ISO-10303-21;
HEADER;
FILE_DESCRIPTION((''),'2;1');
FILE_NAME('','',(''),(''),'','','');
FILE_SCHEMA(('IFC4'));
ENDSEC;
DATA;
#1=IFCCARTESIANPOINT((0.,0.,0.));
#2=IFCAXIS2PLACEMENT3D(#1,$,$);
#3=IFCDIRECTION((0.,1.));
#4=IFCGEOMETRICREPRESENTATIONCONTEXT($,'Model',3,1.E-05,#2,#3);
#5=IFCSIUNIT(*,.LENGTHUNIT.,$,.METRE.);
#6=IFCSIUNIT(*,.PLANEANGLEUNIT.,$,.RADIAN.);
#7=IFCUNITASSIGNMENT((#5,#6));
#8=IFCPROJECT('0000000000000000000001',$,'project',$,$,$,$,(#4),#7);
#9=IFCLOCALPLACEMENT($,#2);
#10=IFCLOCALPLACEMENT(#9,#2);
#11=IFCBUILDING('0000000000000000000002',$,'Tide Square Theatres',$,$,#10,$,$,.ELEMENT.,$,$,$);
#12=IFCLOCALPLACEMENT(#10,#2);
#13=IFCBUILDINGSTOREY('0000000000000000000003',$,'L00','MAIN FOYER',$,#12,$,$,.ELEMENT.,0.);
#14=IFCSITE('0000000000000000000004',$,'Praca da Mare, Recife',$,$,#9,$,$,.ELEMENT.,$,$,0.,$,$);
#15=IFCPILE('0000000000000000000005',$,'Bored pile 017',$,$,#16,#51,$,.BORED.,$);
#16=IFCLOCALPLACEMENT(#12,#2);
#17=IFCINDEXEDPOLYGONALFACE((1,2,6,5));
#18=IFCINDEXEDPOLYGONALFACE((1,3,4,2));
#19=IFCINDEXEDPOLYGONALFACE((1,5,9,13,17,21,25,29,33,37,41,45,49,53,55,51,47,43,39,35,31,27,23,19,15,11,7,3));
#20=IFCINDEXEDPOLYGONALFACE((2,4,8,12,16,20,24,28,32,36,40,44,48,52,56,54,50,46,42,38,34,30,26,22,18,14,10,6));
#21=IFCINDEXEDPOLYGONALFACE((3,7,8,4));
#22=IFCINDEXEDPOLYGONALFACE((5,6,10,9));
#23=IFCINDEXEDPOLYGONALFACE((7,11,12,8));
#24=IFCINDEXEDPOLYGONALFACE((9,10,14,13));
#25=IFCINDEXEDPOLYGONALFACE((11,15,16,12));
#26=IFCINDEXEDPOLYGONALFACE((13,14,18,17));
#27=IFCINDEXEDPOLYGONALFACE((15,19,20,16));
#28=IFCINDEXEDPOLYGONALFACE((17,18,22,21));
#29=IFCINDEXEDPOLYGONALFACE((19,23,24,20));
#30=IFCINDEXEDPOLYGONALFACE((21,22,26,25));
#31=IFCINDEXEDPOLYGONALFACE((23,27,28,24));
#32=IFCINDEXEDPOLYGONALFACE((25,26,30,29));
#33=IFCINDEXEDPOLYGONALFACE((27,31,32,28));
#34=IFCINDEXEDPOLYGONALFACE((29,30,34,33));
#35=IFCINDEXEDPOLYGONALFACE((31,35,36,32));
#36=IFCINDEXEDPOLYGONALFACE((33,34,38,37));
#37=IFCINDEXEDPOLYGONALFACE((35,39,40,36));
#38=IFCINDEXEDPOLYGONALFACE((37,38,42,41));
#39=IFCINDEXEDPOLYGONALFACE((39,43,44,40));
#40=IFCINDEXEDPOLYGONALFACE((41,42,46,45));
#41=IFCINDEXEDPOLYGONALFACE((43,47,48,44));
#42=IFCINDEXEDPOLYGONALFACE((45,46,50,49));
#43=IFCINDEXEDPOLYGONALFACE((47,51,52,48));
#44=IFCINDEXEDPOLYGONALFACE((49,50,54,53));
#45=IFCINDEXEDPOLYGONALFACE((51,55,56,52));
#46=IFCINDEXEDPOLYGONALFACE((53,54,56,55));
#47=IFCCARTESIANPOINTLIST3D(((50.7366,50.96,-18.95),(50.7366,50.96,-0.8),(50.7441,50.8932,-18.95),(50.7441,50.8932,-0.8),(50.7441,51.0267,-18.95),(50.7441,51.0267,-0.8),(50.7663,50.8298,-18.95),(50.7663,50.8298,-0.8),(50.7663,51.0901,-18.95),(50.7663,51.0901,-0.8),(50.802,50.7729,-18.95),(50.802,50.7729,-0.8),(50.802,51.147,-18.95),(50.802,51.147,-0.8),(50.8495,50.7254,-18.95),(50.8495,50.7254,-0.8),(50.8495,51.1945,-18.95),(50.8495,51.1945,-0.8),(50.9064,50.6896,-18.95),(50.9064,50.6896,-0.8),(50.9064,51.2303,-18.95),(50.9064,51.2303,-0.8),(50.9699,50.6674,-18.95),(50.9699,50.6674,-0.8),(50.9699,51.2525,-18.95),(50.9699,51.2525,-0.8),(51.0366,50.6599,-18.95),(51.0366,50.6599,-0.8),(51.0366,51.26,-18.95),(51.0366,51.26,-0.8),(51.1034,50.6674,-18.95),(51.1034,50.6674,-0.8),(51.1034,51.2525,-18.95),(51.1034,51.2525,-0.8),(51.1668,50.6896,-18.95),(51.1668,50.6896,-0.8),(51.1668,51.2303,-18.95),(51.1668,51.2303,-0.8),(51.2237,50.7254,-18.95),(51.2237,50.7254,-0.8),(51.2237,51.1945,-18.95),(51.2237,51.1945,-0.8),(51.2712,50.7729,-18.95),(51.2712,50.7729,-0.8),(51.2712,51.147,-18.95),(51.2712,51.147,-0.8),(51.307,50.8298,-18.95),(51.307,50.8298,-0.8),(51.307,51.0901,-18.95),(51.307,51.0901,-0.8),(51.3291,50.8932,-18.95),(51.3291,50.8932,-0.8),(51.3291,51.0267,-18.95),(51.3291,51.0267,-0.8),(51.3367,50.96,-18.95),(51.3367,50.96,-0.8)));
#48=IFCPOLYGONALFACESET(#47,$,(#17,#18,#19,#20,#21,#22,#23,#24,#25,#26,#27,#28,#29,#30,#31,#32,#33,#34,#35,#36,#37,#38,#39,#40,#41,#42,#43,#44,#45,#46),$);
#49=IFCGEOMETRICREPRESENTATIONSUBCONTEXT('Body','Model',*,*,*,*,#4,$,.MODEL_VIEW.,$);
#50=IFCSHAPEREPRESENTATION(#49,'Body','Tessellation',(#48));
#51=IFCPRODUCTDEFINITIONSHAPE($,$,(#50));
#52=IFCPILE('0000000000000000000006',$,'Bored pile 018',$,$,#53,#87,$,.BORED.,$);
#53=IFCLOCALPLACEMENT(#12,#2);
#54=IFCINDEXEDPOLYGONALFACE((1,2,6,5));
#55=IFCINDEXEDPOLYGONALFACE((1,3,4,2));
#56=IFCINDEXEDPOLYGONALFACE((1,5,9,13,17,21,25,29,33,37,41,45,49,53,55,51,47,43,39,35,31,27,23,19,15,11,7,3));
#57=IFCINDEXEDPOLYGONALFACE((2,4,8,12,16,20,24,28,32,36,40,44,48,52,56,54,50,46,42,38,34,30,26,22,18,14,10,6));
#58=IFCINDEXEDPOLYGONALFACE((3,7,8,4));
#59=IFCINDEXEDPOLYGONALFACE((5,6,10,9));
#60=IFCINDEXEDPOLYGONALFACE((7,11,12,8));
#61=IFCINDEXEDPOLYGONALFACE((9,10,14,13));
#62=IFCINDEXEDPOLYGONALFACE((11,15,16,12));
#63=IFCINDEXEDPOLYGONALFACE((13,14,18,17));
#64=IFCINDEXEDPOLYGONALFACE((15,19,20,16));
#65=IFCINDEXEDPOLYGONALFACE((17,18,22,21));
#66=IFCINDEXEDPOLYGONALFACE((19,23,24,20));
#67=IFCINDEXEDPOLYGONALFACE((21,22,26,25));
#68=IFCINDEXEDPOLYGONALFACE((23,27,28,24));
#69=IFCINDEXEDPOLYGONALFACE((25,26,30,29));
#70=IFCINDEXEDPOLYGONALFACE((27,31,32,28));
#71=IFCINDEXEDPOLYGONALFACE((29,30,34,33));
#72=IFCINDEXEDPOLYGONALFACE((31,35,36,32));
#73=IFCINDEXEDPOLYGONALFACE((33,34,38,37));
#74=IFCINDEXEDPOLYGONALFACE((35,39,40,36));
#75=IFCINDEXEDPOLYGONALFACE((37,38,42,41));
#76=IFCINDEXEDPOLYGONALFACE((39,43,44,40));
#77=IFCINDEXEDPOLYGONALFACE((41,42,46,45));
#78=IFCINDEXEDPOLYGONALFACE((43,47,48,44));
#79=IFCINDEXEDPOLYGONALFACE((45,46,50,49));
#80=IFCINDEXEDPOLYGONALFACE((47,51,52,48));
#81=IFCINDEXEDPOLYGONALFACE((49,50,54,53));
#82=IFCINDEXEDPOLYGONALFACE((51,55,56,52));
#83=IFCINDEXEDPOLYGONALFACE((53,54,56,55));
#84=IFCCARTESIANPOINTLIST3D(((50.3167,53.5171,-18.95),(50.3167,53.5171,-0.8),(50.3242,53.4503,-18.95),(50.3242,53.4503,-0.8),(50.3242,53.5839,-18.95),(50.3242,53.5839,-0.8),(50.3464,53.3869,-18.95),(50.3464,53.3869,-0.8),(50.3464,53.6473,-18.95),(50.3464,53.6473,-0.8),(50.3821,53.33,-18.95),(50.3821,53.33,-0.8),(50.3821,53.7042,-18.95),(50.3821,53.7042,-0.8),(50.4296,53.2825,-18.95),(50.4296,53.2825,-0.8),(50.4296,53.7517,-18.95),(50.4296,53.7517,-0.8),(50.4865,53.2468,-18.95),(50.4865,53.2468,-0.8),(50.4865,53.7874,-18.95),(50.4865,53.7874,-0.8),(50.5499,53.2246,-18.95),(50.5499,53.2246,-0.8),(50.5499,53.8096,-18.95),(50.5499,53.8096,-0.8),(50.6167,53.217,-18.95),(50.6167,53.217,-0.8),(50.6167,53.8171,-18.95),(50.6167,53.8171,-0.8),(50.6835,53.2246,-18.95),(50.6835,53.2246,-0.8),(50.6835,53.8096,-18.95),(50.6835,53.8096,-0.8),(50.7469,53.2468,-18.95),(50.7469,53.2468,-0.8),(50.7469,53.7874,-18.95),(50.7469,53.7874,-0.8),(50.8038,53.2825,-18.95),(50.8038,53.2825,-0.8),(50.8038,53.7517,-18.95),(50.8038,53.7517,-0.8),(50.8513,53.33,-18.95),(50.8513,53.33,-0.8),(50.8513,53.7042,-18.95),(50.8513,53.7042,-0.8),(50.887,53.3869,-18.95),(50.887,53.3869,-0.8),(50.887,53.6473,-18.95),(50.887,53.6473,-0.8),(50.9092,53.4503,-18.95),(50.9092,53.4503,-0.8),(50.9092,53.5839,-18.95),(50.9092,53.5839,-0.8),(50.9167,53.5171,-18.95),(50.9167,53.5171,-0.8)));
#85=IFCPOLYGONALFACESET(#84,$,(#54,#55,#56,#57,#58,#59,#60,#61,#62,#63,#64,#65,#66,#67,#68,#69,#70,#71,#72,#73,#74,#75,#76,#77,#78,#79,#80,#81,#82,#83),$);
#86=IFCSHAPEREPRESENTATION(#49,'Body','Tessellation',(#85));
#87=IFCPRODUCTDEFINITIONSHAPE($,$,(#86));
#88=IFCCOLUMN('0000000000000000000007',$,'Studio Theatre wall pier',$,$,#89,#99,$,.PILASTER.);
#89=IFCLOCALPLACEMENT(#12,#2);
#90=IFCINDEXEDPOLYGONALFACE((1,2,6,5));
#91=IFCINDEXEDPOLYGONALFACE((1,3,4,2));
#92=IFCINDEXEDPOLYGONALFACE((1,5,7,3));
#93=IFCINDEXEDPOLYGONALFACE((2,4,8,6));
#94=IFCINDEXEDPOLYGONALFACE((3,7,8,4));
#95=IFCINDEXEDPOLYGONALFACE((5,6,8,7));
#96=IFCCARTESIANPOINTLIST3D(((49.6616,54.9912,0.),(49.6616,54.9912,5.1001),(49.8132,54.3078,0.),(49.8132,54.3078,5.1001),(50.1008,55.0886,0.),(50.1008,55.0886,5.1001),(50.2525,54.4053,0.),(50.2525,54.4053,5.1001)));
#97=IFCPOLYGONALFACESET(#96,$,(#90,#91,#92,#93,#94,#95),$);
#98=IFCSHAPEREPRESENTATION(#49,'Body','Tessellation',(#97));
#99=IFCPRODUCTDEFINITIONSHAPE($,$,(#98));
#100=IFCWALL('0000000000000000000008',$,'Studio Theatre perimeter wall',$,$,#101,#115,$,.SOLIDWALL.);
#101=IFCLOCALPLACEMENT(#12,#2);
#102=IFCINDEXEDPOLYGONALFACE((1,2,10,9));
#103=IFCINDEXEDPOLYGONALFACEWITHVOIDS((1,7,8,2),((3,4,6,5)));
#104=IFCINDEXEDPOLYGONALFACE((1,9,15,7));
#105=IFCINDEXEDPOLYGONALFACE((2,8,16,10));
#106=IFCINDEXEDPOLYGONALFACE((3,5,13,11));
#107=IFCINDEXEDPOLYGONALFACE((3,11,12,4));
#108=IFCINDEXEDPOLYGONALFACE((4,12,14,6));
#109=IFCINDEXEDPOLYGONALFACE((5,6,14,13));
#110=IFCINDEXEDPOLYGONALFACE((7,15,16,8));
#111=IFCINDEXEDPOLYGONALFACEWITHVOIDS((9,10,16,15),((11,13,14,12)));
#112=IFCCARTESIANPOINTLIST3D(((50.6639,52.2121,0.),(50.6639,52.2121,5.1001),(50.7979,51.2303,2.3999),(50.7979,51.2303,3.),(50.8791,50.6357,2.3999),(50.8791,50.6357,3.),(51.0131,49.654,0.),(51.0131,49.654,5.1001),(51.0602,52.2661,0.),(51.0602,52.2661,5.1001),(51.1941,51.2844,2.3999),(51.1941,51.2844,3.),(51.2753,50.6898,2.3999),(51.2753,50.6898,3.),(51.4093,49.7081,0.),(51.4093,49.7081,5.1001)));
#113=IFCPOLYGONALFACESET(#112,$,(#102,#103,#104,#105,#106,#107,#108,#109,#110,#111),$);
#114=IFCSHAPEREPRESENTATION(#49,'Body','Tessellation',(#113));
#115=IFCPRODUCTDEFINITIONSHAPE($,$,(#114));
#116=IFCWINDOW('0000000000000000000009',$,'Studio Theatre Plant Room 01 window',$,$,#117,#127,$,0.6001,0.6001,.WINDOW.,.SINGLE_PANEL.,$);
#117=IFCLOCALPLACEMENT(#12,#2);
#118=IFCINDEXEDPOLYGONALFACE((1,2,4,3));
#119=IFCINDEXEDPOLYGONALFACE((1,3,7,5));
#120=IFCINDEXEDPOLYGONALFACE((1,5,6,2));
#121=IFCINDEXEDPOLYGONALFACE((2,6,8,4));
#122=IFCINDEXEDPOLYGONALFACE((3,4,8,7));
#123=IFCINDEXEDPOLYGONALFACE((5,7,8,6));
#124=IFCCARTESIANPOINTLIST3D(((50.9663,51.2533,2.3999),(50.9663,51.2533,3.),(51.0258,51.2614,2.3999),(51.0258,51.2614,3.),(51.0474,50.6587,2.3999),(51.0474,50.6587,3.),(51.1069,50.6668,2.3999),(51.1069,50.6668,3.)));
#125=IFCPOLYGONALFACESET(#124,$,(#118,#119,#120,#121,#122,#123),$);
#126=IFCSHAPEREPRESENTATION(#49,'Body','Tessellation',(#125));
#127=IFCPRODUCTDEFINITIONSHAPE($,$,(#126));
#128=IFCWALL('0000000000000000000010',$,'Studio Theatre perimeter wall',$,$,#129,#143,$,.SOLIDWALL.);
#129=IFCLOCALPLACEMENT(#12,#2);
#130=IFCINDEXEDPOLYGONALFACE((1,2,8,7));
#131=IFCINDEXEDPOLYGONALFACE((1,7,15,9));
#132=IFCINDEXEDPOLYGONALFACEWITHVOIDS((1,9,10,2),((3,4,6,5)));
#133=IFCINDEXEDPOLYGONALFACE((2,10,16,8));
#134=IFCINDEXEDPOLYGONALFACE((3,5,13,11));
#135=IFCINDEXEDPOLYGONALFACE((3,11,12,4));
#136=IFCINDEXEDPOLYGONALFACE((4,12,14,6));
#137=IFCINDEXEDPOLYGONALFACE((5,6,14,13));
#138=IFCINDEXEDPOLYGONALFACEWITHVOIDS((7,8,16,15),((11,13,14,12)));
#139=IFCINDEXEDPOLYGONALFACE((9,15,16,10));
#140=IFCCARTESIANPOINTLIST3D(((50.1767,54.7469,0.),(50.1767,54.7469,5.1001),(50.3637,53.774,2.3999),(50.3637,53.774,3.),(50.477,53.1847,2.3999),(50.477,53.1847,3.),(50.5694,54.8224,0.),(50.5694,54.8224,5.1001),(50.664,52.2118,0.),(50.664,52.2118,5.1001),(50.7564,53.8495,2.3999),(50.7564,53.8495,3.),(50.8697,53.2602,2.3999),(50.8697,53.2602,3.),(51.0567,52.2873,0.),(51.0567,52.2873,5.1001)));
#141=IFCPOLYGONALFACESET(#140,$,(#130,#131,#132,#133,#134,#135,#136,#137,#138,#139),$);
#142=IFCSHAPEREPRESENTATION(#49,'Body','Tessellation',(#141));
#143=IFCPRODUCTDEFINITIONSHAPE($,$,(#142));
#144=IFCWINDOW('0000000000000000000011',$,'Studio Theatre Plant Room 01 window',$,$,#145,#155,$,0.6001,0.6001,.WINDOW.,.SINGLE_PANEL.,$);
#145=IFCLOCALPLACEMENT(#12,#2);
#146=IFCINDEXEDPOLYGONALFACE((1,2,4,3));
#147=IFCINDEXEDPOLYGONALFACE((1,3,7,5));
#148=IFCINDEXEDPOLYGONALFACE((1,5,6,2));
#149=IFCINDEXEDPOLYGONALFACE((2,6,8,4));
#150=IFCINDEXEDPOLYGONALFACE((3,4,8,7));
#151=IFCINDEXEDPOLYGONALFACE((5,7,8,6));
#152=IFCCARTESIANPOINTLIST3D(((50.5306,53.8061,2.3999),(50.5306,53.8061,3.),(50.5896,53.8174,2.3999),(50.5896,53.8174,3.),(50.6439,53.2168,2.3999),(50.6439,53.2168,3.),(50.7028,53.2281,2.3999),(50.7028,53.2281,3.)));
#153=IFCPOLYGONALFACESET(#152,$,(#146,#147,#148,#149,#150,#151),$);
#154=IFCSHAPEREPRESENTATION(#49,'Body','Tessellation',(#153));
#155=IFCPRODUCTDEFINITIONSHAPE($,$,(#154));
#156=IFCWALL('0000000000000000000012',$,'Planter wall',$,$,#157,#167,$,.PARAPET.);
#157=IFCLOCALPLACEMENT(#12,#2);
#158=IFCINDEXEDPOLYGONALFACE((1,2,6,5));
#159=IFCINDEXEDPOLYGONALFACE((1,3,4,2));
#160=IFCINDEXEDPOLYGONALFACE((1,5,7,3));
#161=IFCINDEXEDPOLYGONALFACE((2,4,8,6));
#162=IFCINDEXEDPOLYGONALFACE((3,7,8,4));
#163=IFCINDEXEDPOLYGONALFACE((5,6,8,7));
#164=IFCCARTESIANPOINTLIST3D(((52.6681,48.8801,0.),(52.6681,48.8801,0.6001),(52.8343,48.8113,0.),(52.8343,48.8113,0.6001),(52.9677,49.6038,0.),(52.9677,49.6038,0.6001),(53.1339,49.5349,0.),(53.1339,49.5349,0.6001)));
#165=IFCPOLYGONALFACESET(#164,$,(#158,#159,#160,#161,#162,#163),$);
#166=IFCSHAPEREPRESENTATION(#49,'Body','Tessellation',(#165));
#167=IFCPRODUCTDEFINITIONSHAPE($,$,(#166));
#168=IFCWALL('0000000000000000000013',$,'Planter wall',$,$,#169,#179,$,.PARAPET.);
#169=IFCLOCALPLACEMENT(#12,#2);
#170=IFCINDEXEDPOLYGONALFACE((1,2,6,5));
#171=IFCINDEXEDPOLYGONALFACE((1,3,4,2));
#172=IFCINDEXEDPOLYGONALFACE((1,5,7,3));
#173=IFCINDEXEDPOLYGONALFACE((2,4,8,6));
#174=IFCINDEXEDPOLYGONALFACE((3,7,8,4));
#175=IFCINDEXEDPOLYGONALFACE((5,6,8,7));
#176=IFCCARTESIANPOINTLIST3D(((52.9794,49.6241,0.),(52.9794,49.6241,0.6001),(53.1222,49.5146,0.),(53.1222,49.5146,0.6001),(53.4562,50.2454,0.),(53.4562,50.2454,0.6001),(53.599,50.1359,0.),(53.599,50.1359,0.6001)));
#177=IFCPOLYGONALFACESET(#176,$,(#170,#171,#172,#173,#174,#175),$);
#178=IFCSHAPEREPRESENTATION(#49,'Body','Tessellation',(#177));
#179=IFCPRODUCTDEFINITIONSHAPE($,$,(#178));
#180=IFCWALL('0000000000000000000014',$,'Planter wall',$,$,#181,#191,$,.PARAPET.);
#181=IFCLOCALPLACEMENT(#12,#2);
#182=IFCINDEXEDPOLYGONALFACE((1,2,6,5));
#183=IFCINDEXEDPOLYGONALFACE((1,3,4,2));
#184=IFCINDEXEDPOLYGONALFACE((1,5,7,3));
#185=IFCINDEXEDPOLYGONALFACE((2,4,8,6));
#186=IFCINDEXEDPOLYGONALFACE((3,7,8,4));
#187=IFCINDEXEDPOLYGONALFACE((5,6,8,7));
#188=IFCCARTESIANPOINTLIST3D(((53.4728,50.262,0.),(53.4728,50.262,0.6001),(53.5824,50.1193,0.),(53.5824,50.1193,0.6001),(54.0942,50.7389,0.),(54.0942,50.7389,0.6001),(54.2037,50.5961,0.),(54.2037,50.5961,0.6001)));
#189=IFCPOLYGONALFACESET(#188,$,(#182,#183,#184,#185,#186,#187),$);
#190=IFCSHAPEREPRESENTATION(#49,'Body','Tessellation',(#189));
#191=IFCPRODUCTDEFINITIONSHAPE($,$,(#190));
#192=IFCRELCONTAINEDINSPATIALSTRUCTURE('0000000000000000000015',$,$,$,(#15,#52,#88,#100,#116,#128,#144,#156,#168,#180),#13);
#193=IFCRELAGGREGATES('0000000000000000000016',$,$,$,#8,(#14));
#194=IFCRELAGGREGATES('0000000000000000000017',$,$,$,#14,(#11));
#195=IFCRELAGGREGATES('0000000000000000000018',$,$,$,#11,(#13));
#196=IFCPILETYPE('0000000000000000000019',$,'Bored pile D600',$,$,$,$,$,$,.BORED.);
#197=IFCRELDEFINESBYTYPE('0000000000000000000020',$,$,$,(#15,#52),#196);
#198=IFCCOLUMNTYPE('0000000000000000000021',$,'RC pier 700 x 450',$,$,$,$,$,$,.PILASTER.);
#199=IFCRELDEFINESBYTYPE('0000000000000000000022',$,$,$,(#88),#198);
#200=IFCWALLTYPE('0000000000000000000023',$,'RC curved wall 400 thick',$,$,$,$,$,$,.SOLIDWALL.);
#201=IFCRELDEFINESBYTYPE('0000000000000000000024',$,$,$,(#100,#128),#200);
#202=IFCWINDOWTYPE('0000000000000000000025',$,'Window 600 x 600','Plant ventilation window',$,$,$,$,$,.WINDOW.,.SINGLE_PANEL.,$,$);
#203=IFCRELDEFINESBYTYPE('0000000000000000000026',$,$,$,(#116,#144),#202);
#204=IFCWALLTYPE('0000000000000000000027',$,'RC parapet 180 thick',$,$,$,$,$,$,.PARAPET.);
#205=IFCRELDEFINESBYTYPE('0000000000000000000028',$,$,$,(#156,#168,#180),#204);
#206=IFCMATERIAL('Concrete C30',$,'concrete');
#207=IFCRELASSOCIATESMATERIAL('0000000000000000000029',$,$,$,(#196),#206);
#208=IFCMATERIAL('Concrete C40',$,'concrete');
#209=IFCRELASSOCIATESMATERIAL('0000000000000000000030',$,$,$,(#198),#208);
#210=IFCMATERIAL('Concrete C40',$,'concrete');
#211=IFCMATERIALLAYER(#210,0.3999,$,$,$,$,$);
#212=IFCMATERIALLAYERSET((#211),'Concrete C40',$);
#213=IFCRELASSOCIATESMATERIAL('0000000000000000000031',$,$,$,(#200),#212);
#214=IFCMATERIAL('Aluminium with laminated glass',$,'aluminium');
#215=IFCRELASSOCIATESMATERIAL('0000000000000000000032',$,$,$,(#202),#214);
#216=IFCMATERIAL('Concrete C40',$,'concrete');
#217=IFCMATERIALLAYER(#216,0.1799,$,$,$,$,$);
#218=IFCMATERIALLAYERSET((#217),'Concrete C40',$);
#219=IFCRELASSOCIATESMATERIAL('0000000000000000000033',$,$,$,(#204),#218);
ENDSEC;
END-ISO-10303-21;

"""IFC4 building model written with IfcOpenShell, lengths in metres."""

from ifc_helpers import new_model, si_unit, direction, frame, frame_2d, origin, origin_2d, place, context, subcontext, project, spatial, rectangle, circle, extrude, material, layer, layer_set, material_profile, profile_set, type_object, element, fill, save


model = new_model("IFC4")

# Units and contexts
model_context = context("Model", 3, precision=1e-05, world=origin(), true_north=direction((0.0, 1.0)))
body_context = subcontext(model_context, "Body", "Model", "MODEL_VIEW")
ifc_project = project(units=[si_unit("LENGTHUNIT", "METRE"), si_unit("PLANEANGLEUNIT", "RADIAN")], contexts=[model_context])

# Site, building, storey
site_placement = place(None, origin())
site = spatial("IfcSite", under=ifc_project, at=site_placement, Name="Praca da Mare, Recife", CompositionType="ELEMENT", RefElevation=0.0)
building_placement = place(site_placement, origin())
building = spatial("IfcBuilding", under=site, at=building_placement, Name="Tide Square Theatres", CompositionType="ELEMENT")
storey_placement = place(building_placement, origin())
storey = spatial("IfcBuildingStorey", under=building, at=storey_placement, Name="L00", Description="MAIN FOYER", CompositionType="ELEMENT", Elevation=0.0)

# Piles
ifc_material_1 = material(Name="Concrete C30", Category="concrete")
ifc_material_profile_1 = material_profile(ifc_material_1, circle(Radius=0.3, at=origin_2d()))
ifc_profile_set_1 = profile_set([ifc_material_profile_1], Name="Concrete C30")
pile_type = type_object("IfcPileType", Name="Bored pile D600", PredefinedType="BORED", material=ifc_profile_set_1)
for number, where, z_axis, x_axis, name in (
    (1, (51.0366, 50.96, -0.8), (0.0, 0.0, -1.0), (1.0, 0.0, 0.0), "Bored pile 017"),
    (2, (50.6167, 53.5171, -0.8), (0.0, 0.0, -1.0), (1.0, 0.0, 0.0), "Bored pile 018"),
):
    element("IfcPile", number, at=place(storey_placement, frame(where, z_axis=z_axis, x_axis=x_axis)), inside=storey, type_object=pile_type, Name=name, PredefinedType="BORED", context=body_context, shape_type="SweptSolid", body=[
        extrude(circle(Radius=0.3, at=origin_2d()), origin(), (0.0, 0.0, 1.0), 18.1499),
    ])

# Column
ifc_material_2 = material(Name="Concrete C40", Category="concrete")
ifc_material_profile_2 = material_profile(ifc_material_2, rectangle(XDim=0.7, YDim=0.45, at=origin_2d()))
ifc_profile_set_2 = profile_set([ifc_material_profile_2], Name="Concrete C40")
column_type = type_object("IfcColumnType", Name="RC pier 700 x 450", PredefinedType="PILASTER", material=ifc_profile_set_2)
column_placement = place(storey_placement, frame((49.957, 54.6982, 0.0), z_axis=(0.0, 0.0, 1.0), x_axis=(-0.216641, 0.976251, 0.0)))
element("IfcColumn", 3, at=column_placement, inside=storey, type_object=column_type, Name="Studio Theatre wall pier", PredefinedType="PILASTER", context=body_context, shape_type="SweptSolid", body=[
    extrude(rectangle(XDim=0.7, YDim=0.45, at=origin_2d()), origin(), (0.0, 0.0, 1.0), 5.1001),
])

# Walls, openings, windows
ifc_material_3 = material(Name="Concrete C40", Category="concrete")
ifc_layer_1 = layer(ifc_material_3, 0.3999)
ifc_layer_set_1 = layer_set([ifc_layer_1], Name="Concrete C40")
wall_type_1 = type_object("IfcWallType", Name="RC curved wall 400 thick", PredefinedType="SOLIDWALL", material=ifc_layer_set_1)
wall_1_placement = place(storey_placement, frame((51.2112, 49.6809, 0.0), z_axis=(0.0, 0.0, 1.0), x_axis=(-0.135223, 0.990815, 0.0)))
wall_1 = element("IfcWall", 4, at=wall_1_placement, inside=storey, type_object=wall_type_1, Name="Studio Theatre perimeter wall", PredefinedType="SOLIDWALL", context=body_context, shape_type="SweptSolid", body=[
    extrude(rectangle(XDim=2.5818, YDim=0.3999, at=frame_2d((1.291, 0.0))), origin(), (0.0, 0.0, 1.0), 5.1001),
])
opening_1_placement = place(wall_1_placement, frame((0.991, 0.0, 2.3999)))
opening_1 = element("IfcOpeningElement", 5, at=opening_1_placement, cuts=wall_1, PredefinedType="OPENING", context=body_context, shape_type="SweptSolid", body=[
    extrude(rectangle(XDim=0.6001, YDim=0.6001, at=frame_2d((0.3, 0.3))), frame((0.0, 0.21, 0.0), z_axis=(0.0, -1.0, 0.0), x_axis=(1.0, 0.0, 0.0)), (0.0, 0.0, 1.0), 0.4199),
])
ifc_material_4 = material(Name="Aluminium with laminated glass", Category="aluminium")
window_type = type_object("IfcWindowType", Name="Window 600 x 600", Description="Plant ventilation window", PartitioningType="SINGLE_PANEL", PredefinedType="WINDOW", material=ifc_material_4)
window_1_placement = place(opening_1_placement, origin())
window_1 = element("IfcWindow", 6, at=window_1_placement, inside=storey, type_object=window_type, Name="Studio Theatre Plant Room 01 window", OverallHeight=0.6001, OverallWidth=0.6001, PartitioningType="SINGLE_PANEL", PredefinedType="WINDOW", context=body_context, shape_type="SweptSolid", body=[
    extrude(rectangle(XDim=0.6001, YDim=0.6001, at=frame_2d((0.3, 0.3))), frame((0.0, 0.03, 0.0), z_axis=(0.0, -1.0, 0.0), x_axis=(1.0, 0.0, 0.0)), (0.0, 0.0, 1.0), 0.0601),
])
fill(opening_1, window_1)
wall_2_placement = place(storey_placement, frame((50.8604, 52.2495, 0.0), z_axis=(0.0, 0.0, 1.0), x_axis=(-0.188763, 0.982023, 0.0)))
wall_2 = element("IfcWall", 7, at=wall_2_placement, inside=storey, type_object=wall_type_1, Name="Studio Theatre perimeter wall", PredefinedType="SOLIDWALL", context=body_context, shape_type="SweptSolid", body=[
    extrude(rectangle(XDim=2.5815, YDim=0.3999, at=frame_2d((1.2908, 0.0))), origin(), (0.0, 0.0, 1.0), 5.1001),
])
opening_2_placement = place(wall_2_placement, frame((0.9907, 0.0, 2.3999)))
opening_2 = element("IfcOpeningElement", 8, at=opening_2_placement, cuts=wall_2, PredefinedType="OPENING", context=body_context, shape_type="SweptSolid", body=[
    extrude(rectangle(XDim=0.6001, YDim=0.6001, at=frame_2d((0.3, 0.3))), frame((0.0, 0.21, 0.0), z_axis=(0.0, -1.0, 0.0), x_axis=(1.0, 0.0, 0.0)), (0.0, 0.0, 1.0), 0.4199),
])
window_2_placement = place(opening_2_placement, origin())
window_2 = element("IfcWindow", 9, at=window_2_placement, inside=storey, type_object=window_type, Name="Studio Theatre Plant Room 01 window", OverallHeight=0.6001, OverallWidth=0.6001, PartitioningType="SINGLE_PANEL", PredefinedType="WINDOW", context=body_context, shape_type="SweptSolid", body=[
    extrude(rectangle(XDim=0.6001, YDim=0.6001, at=frame_2d((0.3, 0.3))), frame((0.0, 0.03, 0.0), z_axis=(0.0, -1.0, 0.0), x_axis=(1.0, 0.0, 0.0)), (0.0, 0.0, 1.0), 0.0601),
])
fill(opening_2, window_2)

# Walls
ifc_material_5 = material(Name="Concrete C40", Category="concrete")
ifc_layer_2 = layer(ifc_material_5, 0.1799)
ifc_layer_set_2 = layer_set([ifc_layer_2], Name="Concrete C40")
wall_type_2 = type_object("IfcWallType", Name="RC parapet 180 thick", PredefinedType="PARAPET", material=ifc_layer_set_2)
for number, where, z_axis, x_axis, name in (
    (10, (52.7512, 48.8457, 0.0), (0.0, 0.0, 1.0), (0.382489, 0.92396, 0.0), "Planter wall"),
    (11, (53.0508, 49.5693, 0.0), (0.0, 0.0, 1.0), (0.608791, 0.79333, 0.0), "Planter wall"),
    (12, (53.5276, 50.1907, 0.0), (0.0, 0.0, 1.0), (0.79333, 0.608791, 0.0), "Planter wall"),
):
    element("IfcWall", number, at=place(storey_placement, frame(where, z_axis=z_axis, x_axis=x_axis)), inside=storey, type_object=wall_type_2, Name=name, PredefinedType="PARAPET", context=body_context, shape_type="SweptSolid", body=[
        extrude(rectangle(XDim=0.7832, YDim=0.1799, at=frame_2d((0.3916, 0.0))), origin(), (0.0, 0.0, 1.0), 0.6001),
    ])

save(model, "model.ifc")
